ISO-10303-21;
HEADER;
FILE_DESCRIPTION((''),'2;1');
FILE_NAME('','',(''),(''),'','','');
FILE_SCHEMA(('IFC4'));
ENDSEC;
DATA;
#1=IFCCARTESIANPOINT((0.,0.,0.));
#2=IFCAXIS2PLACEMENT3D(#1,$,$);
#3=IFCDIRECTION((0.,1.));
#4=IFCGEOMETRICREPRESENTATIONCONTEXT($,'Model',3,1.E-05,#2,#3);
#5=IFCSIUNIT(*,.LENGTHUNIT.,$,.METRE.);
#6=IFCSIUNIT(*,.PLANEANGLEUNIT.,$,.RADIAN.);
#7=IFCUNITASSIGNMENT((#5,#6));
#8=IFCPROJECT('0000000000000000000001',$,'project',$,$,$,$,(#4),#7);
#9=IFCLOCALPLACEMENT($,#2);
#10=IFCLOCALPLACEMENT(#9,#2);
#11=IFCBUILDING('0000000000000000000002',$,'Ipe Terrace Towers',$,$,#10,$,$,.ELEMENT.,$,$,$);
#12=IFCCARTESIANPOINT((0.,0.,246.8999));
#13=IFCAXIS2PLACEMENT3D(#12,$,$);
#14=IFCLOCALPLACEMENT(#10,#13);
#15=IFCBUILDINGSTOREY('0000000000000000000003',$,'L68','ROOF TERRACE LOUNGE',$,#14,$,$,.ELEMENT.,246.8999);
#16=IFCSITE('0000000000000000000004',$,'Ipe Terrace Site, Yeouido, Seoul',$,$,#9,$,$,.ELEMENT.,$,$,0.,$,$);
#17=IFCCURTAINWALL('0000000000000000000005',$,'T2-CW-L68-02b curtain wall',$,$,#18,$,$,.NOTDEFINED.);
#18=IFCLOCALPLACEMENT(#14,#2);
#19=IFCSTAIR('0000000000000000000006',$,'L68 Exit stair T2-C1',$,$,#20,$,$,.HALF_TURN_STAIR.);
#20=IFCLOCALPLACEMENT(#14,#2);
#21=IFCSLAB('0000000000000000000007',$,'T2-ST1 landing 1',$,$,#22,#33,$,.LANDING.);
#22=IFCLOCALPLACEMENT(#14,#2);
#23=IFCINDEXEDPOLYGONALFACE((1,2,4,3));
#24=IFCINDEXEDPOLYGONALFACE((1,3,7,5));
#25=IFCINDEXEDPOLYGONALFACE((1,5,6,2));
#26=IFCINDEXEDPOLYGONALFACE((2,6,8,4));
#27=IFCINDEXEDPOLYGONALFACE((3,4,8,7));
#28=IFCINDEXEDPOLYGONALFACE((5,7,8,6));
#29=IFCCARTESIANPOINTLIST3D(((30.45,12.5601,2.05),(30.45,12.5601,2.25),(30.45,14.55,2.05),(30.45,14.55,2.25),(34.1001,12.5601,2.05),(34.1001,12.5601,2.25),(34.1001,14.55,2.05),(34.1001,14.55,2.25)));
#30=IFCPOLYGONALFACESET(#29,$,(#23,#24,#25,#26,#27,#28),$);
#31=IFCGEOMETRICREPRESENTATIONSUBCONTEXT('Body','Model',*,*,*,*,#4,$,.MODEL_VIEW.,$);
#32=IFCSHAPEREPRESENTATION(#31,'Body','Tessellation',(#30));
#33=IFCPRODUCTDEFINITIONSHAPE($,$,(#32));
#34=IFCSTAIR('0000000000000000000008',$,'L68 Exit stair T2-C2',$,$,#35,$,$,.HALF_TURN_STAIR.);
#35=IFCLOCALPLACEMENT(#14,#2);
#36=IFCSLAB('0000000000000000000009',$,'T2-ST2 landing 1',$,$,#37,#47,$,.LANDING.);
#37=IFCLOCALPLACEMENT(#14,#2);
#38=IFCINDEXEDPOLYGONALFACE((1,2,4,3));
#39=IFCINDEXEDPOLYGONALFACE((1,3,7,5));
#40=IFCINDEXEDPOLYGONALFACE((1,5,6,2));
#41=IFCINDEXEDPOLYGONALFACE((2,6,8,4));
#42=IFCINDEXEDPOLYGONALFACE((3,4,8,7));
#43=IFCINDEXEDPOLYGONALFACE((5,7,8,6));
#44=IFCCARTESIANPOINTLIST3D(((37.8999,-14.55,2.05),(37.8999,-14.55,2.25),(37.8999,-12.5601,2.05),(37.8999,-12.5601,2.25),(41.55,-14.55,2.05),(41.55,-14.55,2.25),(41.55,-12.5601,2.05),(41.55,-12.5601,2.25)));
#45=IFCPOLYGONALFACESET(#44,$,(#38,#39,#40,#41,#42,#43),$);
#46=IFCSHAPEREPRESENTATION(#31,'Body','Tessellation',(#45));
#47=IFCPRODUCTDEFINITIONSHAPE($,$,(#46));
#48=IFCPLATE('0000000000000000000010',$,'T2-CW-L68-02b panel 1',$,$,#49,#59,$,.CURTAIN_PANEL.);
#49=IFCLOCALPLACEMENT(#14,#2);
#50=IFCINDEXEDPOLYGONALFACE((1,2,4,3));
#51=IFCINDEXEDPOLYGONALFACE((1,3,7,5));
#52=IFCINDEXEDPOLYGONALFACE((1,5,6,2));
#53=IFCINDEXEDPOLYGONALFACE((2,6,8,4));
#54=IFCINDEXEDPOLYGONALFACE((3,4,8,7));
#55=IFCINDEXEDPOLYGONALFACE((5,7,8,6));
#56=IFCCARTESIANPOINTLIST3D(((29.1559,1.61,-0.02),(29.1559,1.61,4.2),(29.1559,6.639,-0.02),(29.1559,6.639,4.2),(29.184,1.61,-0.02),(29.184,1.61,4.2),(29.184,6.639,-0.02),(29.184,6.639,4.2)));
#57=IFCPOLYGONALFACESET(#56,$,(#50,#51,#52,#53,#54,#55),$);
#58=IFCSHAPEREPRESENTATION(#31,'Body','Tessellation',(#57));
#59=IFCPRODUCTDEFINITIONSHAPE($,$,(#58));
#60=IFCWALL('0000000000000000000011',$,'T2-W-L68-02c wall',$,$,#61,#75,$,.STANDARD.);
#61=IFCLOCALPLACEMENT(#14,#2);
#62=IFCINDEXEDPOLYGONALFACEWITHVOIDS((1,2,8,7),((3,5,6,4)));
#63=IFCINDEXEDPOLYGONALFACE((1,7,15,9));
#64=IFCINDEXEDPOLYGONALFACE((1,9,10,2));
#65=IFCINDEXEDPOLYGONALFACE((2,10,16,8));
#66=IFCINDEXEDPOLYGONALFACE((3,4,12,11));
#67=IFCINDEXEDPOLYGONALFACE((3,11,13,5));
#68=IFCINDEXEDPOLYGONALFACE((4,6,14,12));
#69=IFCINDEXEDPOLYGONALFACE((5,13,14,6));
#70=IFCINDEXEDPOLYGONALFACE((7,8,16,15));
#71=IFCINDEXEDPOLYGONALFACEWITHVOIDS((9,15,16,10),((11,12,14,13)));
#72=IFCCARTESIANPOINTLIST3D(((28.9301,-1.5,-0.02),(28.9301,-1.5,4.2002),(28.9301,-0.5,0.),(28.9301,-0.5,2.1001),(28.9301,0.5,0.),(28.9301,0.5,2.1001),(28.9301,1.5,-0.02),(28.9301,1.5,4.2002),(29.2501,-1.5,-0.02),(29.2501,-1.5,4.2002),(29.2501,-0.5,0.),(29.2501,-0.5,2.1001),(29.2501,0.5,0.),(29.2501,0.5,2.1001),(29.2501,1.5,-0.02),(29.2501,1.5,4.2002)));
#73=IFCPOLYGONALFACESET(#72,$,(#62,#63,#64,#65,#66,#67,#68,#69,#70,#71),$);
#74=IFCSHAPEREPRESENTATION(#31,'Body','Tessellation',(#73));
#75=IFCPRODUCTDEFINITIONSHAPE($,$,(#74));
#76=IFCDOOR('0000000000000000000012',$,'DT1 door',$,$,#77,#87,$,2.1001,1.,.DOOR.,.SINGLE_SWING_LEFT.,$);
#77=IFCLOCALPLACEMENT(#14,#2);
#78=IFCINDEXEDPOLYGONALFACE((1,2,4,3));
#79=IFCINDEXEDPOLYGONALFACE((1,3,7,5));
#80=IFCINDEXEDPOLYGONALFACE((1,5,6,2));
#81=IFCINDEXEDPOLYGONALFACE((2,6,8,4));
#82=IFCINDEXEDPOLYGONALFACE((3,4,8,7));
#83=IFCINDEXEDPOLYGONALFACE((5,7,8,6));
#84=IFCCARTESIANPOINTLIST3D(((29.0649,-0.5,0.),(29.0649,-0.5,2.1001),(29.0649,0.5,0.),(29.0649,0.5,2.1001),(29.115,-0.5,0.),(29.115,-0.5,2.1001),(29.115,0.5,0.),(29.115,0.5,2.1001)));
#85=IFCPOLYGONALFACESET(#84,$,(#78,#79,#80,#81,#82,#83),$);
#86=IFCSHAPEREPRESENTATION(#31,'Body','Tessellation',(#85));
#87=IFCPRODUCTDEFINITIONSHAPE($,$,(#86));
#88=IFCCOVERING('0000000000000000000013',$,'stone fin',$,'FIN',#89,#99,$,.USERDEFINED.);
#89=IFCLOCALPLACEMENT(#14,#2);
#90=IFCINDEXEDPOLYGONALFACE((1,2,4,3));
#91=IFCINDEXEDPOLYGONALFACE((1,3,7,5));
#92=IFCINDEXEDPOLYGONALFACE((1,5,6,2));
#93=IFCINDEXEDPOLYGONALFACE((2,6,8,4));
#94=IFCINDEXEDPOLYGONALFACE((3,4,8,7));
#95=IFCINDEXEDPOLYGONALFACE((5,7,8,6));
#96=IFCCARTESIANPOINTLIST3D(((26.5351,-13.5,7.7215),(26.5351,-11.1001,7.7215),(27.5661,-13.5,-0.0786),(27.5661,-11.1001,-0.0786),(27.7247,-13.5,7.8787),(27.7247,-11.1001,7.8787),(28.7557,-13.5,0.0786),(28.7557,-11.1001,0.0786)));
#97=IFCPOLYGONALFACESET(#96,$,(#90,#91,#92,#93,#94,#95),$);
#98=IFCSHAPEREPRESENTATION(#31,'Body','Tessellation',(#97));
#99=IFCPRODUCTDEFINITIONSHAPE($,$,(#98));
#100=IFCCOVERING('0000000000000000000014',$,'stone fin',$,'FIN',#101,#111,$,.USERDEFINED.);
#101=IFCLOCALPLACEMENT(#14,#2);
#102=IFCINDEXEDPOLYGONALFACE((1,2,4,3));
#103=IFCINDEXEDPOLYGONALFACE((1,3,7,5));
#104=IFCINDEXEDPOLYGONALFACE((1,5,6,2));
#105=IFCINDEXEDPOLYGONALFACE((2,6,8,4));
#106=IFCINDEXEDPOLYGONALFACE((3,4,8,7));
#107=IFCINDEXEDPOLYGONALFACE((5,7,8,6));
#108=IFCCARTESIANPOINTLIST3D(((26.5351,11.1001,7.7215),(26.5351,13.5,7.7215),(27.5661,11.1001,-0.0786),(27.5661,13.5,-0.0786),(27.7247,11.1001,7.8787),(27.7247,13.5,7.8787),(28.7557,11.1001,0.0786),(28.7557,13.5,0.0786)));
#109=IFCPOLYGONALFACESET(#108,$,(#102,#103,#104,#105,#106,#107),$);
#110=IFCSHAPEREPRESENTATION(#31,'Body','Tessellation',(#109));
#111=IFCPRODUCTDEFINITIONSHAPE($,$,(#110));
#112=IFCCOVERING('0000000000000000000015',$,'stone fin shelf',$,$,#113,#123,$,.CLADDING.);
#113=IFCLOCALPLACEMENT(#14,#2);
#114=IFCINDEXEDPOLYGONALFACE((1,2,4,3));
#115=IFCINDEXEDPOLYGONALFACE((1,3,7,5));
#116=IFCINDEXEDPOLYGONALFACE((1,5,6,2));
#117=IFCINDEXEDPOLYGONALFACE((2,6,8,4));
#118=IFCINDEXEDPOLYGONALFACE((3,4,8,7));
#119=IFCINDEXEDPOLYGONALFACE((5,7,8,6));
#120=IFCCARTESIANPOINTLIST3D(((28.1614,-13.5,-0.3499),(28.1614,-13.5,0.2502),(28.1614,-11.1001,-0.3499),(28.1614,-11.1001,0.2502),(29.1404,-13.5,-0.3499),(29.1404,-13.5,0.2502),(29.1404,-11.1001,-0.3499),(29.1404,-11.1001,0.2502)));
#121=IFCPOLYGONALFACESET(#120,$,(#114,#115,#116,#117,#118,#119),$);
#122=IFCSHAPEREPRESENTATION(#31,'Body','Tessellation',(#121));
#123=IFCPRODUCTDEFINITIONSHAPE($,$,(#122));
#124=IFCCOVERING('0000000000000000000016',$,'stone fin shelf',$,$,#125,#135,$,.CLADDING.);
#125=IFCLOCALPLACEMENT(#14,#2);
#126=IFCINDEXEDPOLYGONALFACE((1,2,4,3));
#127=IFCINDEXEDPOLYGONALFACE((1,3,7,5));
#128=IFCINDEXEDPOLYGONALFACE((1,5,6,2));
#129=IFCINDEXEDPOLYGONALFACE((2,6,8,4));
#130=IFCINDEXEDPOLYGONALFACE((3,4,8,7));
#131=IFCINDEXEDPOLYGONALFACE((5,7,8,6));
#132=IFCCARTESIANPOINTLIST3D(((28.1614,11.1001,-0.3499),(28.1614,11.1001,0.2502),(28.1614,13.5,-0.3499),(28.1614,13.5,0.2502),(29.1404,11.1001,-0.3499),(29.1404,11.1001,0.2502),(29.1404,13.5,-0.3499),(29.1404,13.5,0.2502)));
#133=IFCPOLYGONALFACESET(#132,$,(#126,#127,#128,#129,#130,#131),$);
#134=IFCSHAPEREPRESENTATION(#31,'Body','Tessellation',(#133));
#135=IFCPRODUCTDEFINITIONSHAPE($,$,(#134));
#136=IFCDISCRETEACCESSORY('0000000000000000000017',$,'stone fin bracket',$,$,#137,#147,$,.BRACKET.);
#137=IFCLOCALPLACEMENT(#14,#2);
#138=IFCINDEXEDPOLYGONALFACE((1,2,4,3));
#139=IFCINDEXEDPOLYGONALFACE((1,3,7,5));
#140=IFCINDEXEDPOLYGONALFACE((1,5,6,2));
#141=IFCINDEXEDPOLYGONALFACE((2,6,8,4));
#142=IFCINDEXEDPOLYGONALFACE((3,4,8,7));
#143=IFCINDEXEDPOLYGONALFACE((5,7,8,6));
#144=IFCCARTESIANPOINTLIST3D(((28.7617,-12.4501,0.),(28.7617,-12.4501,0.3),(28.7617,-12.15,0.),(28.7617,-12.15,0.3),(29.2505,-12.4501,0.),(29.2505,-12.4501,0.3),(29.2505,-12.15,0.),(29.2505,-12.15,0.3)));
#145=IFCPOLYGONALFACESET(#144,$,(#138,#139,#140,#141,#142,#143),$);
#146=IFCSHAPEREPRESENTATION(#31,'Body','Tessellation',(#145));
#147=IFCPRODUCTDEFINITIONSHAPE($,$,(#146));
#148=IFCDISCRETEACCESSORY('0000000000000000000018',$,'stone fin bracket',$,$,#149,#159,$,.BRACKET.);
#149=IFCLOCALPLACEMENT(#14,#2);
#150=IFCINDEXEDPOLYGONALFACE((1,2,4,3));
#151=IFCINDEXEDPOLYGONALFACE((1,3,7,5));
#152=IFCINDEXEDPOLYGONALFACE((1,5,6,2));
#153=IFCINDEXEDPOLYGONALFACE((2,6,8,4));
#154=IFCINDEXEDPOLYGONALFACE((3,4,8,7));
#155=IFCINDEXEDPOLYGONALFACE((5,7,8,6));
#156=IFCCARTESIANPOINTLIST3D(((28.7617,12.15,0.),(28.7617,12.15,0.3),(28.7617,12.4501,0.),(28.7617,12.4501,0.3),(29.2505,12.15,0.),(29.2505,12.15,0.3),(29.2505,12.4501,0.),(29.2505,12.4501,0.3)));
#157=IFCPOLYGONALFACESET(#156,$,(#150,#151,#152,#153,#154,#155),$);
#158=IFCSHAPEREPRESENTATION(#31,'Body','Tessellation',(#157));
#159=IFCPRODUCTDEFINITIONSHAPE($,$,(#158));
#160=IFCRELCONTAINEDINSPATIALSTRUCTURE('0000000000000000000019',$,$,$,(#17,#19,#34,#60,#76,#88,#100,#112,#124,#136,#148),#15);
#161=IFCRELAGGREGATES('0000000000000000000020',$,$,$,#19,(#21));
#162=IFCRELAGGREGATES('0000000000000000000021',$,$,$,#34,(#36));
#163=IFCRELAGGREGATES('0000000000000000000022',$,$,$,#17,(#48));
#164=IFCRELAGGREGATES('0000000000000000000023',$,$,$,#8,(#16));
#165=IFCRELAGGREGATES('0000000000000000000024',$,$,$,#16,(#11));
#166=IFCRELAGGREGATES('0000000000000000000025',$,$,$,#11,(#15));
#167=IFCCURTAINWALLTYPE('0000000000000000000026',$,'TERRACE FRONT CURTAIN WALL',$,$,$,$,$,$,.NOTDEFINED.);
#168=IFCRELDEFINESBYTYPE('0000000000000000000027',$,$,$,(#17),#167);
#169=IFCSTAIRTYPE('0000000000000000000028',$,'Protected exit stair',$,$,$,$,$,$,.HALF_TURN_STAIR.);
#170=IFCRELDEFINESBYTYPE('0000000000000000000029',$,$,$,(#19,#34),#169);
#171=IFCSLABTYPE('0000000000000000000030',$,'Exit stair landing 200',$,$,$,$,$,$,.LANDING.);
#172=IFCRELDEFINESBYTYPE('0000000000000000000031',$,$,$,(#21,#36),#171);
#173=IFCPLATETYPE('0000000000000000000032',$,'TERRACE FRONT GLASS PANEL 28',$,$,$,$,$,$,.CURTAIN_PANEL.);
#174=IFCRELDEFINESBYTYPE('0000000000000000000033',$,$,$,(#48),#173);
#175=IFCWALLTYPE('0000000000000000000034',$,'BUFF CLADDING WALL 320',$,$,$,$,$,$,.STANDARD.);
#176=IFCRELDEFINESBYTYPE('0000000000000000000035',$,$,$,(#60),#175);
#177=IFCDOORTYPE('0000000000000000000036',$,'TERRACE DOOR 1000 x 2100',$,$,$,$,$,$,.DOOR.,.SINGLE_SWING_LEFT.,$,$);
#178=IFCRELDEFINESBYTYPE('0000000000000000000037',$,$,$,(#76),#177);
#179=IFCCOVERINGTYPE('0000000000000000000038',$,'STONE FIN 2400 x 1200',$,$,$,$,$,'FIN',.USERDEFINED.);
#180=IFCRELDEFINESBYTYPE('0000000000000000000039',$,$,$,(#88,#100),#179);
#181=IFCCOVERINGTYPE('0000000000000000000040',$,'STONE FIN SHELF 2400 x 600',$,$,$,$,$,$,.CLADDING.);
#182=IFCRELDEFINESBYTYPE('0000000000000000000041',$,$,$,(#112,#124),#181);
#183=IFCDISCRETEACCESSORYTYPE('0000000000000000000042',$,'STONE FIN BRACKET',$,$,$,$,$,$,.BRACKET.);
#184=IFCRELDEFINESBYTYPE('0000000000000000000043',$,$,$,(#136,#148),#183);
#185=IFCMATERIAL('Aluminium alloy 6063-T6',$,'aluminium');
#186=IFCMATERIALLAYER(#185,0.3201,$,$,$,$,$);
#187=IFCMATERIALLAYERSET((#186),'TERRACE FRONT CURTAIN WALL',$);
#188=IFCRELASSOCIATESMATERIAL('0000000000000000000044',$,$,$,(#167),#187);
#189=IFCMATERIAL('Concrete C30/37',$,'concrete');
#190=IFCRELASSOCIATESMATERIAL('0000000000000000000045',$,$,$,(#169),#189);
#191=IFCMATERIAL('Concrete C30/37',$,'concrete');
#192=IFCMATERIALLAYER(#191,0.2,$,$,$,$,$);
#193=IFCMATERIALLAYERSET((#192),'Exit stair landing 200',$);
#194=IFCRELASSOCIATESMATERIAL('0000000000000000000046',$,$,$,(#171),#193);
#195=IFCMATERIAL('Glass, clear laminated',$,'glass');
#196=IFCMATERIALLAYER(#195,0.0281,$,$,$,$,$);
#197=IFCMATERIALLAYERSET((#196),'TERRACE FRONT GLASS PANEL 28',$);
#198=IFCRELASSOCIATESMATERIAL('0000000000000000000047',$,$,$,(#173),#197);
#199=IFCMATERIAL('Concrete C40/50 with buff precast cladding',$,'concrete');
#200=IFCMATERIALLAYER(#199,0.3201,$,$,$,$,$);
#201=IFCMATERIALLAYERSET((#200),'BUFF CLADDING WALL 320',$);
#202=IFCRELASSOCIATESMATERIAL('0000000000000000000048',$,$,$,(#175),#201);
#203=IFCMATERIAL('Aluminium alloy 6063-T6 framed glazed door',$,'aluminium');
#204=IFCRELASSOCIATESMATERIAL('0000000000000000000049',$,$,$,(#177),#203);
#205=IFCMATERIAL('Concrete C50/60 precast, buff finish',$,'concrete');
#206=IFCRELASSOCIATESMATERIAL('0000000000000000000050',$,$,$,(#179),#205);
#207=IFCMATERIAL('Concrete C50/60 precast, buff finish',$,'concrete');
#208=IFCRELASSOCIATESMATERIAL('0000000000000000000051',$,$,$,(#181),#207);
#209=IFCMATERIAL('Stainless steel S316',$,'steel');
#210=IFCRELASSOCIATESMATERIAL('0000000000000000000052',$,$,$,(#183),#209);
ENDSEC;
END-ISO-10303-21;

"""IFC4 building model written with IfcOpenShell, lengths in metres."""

from ifc_helpers import new_model, si_unit, direction, frame, frame_2d, origin, origin_2d, place, context, subcontext, project, spatial, polyline, rectangle, outline, extrude, material, layer, layer_set, material_profile, profile_set, type_object, element, fill, aggregate, save


model = new_model("IFC4")

# Units and contexts
model_context = context("Model", 3, precision=1e-05, world=origin(), true_north=direction((0.0, 1.0)))
body_context = subcontext(model_context, "Body", "Model", "MODEL_VIEW")
ifc_project = project(units=[si_unit("LENGTHUNIT", "METRE"), si_unit("PLANEANGLEUNIT", "RADIAN")], contexts=[model_context])

# Site, building, storey
site_placement = place(None, origin())
site = spatial("IfcSite", under=ifc_project, at=site_placement, Name="Ipe Terrace Site, Yeouido, Seoul", CompositionType="ELEMENT", RefElevation=0.0)
building_placement = place(site_placement, origin())
building = spatial("IfcBuilding", under=site, at=building_placement, Name="Ipe Terrace Towers", CompositionType="ELEMENT")
storey_placement = place(building_placement, frame((0.0, 0.0, 246.8999)))
storey = spatial("IfcBuildingStorey", under=building, at=storey_placement, Name="L68", Description="ROOF TERRACE LOUNGE", CompositionType="ELEMENT", Elevation=246.8999)

# Curtain wall
ifc_material_1 = material(Name="Aluminium alloy 6063-T6", Category="aluminium")
ifc_layer_1 = layer(ifc_material_1, 0.3201)
ifc_layer_set_1 = layer_set([ifc_layer_1], Name="TERRACE FRONT CURTAIN WALL")
curtain_wall_type = type_object("IfcCurtainWallType", Name="TERRACE FRONT CURTAIN WALL", PredefinedType="NOTDEFINED", material=ifc_layer_set_1)
curtain_wall_1_placement = place(storey_placement, origin())
curtain_wall_1 = element("IfcCurtainWall", 1, at=curtain_wall_1_placement, inside=storey, type_object=curtain_wall_type, Name="T2-CW-L68-02b curtain wall", PredefinedType="NOTDEFINED")

# Stairs, slabs
ifc_material_2 = material(Name="Concrete C30/37", Category="concrete")
stair_type = type_object("IfcStairType", Name="Protected exit stair", PredefinedType="HALF_TURN_STAIR", material=ifc_material_2)
ifc_material_3 = material(Name="Concrete C30/37", Category="concrete")
ifc_layer_2 = layer(ifc_material_3, 0.2)
ifc_layer_set_2 = layer_set([ifc_layer_2], Name="Exit stair landing 200")
slab_type_1 = type_object("IfcSlabType", Name="Exit stair landing 200", PredefinedType="LANDING", material=ifc_layer_set_2)
stair_1_placement = place(storey_placement, origin())
stair_1 = element("IfcStair", 2, at=stair_1_placement, inside=storey, type_object=stair_type, Name="L68 Exit stair T2-C1", PredefinedType="HALF_TURN_STAIR")
slab_1_placement = place(storey_placement, frame((0.0, 0.0, 2.05)))
slab_1 = element("IfcSlab", 3, at=slab_1_placement, type_object=slab_type_1, Name="T2-ST1 landing 1", PredefinedType="LANDING", context=body_context, shape_type="SweptSolid", body=[
    extrude(outline(polyline([(34.1001, 12.5601), (34.1001, 14.55), (30.45, 14.55), (30.45, 12.5601), (34.1001, 12.5601)])), origin(), (0.0, 0.0, 1.0), 0.2),
])
aggregate(stair_1, [slab_1])
stair_2_placement = place(storey_placement, origin())
stair_2 = element("IfcStair", 4, at=stair_2_placement, inside=storey, type_object=stair_type, Name="L68 Exit stair T2-C2", PredefinedType="HALF_TURN_STAIR")
slab_2_placement = place(storey_placement, frame((0.0, 0.0, 2.05)))
slab_2 = element("IfcSlab", 5, at=slab_2_placement, type_object=slab_type_1, Name="T2-ST2 landing 1", PredefinedType="LANDING", context=body_context, shape_type="SweptSolid", body=[
    extrude(outline(polyline([(37.8999, -12.5601), (37.8999, -14.55), (41.55, -14.55), (41.55, -12.5601), (37.8999, -12.5601)])), origin(), (0.0, 0.0, 1.0), 0.2),
])
aggregate(stair_2, [slab_2])

# Plate
ifc_material_4 = material(Name="Glass, clear laminated", Category="glass")
ifc_layer_3 = layer(ifc_material_4, 0.0281)
ifc_layer_set_3 = layer_set([ifc_layer_3], Name="TERRACE FRONT GLASS PANEL 28")
plate_type = type_object("IfcPlateType", Name="TERRACE FRONT GLASS PANEL 28", PredefinedType="CURTAIN_PANEL", material=ifc_layer_set_3)
plate_placement = place(storey_placement, frame((29.1699, 4.1245, -0.02), z_axis=(0.0, 0.0, 1.0), x_axis=(0.0, -1.0, 0.0)))
plate = element("IfcPlate", 6, at=plate_placement, type_object=plate_type, Name="T2-CW-L68-02b panel 1", PredefinedType="CURTAIN_PANEL", context=body_context, shape_type="SweptSolid", body=[
    extrude(rectangle(XDim=5.0291, YDim=0.0281, at=origin_2d()), origin(), (0.0, 0.0, 1.0), 4.22),
])
aggregate(curtain_wall_1, [plate])

# Wall, opening, door
ifc_material_5 = material(Name="Concrete C40/50 with buff precast cladding", Category="concrete")
ifc_layer_4 = layer(ifc_material_5, 0.3201)
ifc_layer_set_4 = layer_set([ifc_layer_4], Name="BUFF CLADDING WALL 320")
wall_type = type_object("IfcWallType", Name="BUFF CLADDING WALL 320", PredefinedType="STANDARD", material=ifc_layer_set_4)
wall_placement = place(storey_placement, frame((29.0901, 1.5, -0.02), z_axis=(0.0, 0.0, 1.0), x_axis=(0.0, -1.0, 0.0)))
wall = element("IfcWall", 7, at=wall_placement, inside=storey, type_object=wall_type, Name="T2-W-L68-02c wall", PredefinedType="STANDARD", context=body_context, shape_type="SweptSolid", body=[
    extrude(rectangle(XDim=3.0, YDim=0.3201, at=frame_2d((1.5, 0.0))), origin(), (0.0, 0.0, 1.0), 4.2202),
])
opening_placement = place(wall_placement, frame((1.0, 0.0, 0.02)))
opening = element("IfcOpeningElement", 8, at=opening_placement, cuts=wall, PredefinedType="OPENING", context=body_context, shape_type="SweptSolid", body=[
    extrude(rectangle(XDim=1.0, YDim=2.1001, at=frame_2d((0.5, 1.05))), frame((0.0, 0.1699, 0.0), z_axis=(0.0, -1.0, 0.0), x_axis=(1.0, 0.0, 0.0)), (0.0, 0.0, 1.0), 0.3401),
])
ifc_material_6 = material(Name="Aluminium alloy 6063-T6 framed glazed door", Category="aluminium")
door_type = type_object("IfcDoorType", Name="TERRACE DOOR 1000 x 2100", OperationType="SINGLE_SWING_LEFT", PredefinedType="DOOR", material=ifc_material_6)
door_placement = place(opening_placement, origin())
door = element("IfcDoor", 9, at=door_placement, inside=storey, type_object=door_type, Name="DT1 door", OperationType="SINGLE_SWING_LEFT", OverallHeight=2.1001, OverallWidth=1.0, PredefinedType="DOOR", context=body_context, shape_type="SweptSolid", body=[
    extrude(rectangle(XDim=1.0, YDim=2.1001, at=frame_2d((0.5, 1.05))), frame((0.0, 0.0249, 0.0), z_axis=(0.0, -1.0, 0.0), x_axis=(1.0, 0.0, 0.0)), (0.0, 0.0, 1.0), 0.05),
])
fill(opening, door)

# Coverings
ifc_material_7 = material(Name="Concrete C50/60 precast, buff finish", Category="concrete")
ifc_material_profile_1 = material_profile(ifc_material_7, rectangle(XDim=2.3999, YDim=1.2, at=origin_2d()), Name="STONE FIN 2400 x 1200")
ifc_profile_set_1 = profile_set([ifc_material_profile_1], Name="Concrete C50/60 precast, buff finish")
covering_type_1 = type_object("IfcCoveringType", Name="STONE FIN 2400 x 1200", ElementType="FIN", PredefinedType="USERDEFINED", material=ifc_profile_set_1)
for number, where, z_axis, x_axis, name in (
    (10, (28.1609, -12.3, 0.0), (-0.13104, 0.0, 0.991377), (0.0, -1.0, 0.0), "stone fin"),
    (11, (28.1609, 12.3, 0.0), (-0.13104, 0.0, 0.991377), (0.0, -1.0, 0.0), "stone fin"),
):
    element("IfcCovering", number, at=place(storey_placement, frame(where, z_axis=z_axis, x_axis=x_axis)), inside=storey, type_object=covering_type_1, Name=name, ObjectType="FIN", PredefinedType="USERDEFINED", context=body_context, shape_type="SweptSolid", body=[
        extrude(rectangle(XDim=2.3999, YDim=1.2, at=origin_2d()), origin(), (0.0, 0.0, 1.0), 7.8679),
    ])
ifc_material_8 = material(Name="Concrete C50/60 precast, buff finish", Category="concrete")
covering_type_2 = type_object("IfcCoveringType", Name="STONE FIN SHELF 2400 x 600", PredefinedType="CLADDING", material=ifc_material_8)
for number, where, z_axis, x_axis, name in (
    (12, (28.6509, -12.3, -0.3499), (0.0, 0.0, 1.0), (0.0, -1.0, 0.0), "stone fin shelf"),
    (13, (28.6509, 12.3, -0.3499), (0.0, 0.0, 1.0), (0.0, -1.0, 0.0), "stone fin shelf"),
):
    element("IfcCovering", number, at=place(storey_placement, frame(where, z_axis=z_axis, x_axis=x_axis)), inside=storey, type_object=covering_type_2, Name=name, PredefinedType="CLADDING", context=body_context, shape_type="SweptSolid", body=[
        extrude(rectangle(XDim=2.3999, YDim=0.979, at=origin_2d()), origin(), (0.0, 0.0, 1.0), 0.6001),
    ])

# Discrete accessories
ifc_material_9 = material(Name="Stainless steel S316", Category="steel")
discrete_accessory_type = type_object("IfcDiscreteAccessoryType", Name="STONE FIN BRACKET", PredefinedType="BRACKET", material=ifc_material_9)
for number, where, z_axis, x_axis, name in (
    (14, (29.0061, -12.3, 0.0), (0.0, 0.0, 1.0), (0.0, -1.0, 0.0), "stone fin bracket"),
    (15, (29.0061, 12.3, 0.0), (0.0, 0.0, 1.0), (0.0, -1.0, 0.0), "stone fin bracket"),
):
    element("IfcDiscreteAccessory", number, at=place(storey_placement, frame(where, z_axis=z_axis, x_axis=x_axis)), inside=storey, type_object=discrete_accessory_type, Name=name, PredefinedType="BRACKET", context=body_context, shape_type="SweptSolid", body=[
        extrude(rectangle(XDim=0.3, YDim=0.4888, at=origin_2d()), origin(), (0.0, 0.0, 1.0), 0.3),
    ])

save(model, "model.ifc")
